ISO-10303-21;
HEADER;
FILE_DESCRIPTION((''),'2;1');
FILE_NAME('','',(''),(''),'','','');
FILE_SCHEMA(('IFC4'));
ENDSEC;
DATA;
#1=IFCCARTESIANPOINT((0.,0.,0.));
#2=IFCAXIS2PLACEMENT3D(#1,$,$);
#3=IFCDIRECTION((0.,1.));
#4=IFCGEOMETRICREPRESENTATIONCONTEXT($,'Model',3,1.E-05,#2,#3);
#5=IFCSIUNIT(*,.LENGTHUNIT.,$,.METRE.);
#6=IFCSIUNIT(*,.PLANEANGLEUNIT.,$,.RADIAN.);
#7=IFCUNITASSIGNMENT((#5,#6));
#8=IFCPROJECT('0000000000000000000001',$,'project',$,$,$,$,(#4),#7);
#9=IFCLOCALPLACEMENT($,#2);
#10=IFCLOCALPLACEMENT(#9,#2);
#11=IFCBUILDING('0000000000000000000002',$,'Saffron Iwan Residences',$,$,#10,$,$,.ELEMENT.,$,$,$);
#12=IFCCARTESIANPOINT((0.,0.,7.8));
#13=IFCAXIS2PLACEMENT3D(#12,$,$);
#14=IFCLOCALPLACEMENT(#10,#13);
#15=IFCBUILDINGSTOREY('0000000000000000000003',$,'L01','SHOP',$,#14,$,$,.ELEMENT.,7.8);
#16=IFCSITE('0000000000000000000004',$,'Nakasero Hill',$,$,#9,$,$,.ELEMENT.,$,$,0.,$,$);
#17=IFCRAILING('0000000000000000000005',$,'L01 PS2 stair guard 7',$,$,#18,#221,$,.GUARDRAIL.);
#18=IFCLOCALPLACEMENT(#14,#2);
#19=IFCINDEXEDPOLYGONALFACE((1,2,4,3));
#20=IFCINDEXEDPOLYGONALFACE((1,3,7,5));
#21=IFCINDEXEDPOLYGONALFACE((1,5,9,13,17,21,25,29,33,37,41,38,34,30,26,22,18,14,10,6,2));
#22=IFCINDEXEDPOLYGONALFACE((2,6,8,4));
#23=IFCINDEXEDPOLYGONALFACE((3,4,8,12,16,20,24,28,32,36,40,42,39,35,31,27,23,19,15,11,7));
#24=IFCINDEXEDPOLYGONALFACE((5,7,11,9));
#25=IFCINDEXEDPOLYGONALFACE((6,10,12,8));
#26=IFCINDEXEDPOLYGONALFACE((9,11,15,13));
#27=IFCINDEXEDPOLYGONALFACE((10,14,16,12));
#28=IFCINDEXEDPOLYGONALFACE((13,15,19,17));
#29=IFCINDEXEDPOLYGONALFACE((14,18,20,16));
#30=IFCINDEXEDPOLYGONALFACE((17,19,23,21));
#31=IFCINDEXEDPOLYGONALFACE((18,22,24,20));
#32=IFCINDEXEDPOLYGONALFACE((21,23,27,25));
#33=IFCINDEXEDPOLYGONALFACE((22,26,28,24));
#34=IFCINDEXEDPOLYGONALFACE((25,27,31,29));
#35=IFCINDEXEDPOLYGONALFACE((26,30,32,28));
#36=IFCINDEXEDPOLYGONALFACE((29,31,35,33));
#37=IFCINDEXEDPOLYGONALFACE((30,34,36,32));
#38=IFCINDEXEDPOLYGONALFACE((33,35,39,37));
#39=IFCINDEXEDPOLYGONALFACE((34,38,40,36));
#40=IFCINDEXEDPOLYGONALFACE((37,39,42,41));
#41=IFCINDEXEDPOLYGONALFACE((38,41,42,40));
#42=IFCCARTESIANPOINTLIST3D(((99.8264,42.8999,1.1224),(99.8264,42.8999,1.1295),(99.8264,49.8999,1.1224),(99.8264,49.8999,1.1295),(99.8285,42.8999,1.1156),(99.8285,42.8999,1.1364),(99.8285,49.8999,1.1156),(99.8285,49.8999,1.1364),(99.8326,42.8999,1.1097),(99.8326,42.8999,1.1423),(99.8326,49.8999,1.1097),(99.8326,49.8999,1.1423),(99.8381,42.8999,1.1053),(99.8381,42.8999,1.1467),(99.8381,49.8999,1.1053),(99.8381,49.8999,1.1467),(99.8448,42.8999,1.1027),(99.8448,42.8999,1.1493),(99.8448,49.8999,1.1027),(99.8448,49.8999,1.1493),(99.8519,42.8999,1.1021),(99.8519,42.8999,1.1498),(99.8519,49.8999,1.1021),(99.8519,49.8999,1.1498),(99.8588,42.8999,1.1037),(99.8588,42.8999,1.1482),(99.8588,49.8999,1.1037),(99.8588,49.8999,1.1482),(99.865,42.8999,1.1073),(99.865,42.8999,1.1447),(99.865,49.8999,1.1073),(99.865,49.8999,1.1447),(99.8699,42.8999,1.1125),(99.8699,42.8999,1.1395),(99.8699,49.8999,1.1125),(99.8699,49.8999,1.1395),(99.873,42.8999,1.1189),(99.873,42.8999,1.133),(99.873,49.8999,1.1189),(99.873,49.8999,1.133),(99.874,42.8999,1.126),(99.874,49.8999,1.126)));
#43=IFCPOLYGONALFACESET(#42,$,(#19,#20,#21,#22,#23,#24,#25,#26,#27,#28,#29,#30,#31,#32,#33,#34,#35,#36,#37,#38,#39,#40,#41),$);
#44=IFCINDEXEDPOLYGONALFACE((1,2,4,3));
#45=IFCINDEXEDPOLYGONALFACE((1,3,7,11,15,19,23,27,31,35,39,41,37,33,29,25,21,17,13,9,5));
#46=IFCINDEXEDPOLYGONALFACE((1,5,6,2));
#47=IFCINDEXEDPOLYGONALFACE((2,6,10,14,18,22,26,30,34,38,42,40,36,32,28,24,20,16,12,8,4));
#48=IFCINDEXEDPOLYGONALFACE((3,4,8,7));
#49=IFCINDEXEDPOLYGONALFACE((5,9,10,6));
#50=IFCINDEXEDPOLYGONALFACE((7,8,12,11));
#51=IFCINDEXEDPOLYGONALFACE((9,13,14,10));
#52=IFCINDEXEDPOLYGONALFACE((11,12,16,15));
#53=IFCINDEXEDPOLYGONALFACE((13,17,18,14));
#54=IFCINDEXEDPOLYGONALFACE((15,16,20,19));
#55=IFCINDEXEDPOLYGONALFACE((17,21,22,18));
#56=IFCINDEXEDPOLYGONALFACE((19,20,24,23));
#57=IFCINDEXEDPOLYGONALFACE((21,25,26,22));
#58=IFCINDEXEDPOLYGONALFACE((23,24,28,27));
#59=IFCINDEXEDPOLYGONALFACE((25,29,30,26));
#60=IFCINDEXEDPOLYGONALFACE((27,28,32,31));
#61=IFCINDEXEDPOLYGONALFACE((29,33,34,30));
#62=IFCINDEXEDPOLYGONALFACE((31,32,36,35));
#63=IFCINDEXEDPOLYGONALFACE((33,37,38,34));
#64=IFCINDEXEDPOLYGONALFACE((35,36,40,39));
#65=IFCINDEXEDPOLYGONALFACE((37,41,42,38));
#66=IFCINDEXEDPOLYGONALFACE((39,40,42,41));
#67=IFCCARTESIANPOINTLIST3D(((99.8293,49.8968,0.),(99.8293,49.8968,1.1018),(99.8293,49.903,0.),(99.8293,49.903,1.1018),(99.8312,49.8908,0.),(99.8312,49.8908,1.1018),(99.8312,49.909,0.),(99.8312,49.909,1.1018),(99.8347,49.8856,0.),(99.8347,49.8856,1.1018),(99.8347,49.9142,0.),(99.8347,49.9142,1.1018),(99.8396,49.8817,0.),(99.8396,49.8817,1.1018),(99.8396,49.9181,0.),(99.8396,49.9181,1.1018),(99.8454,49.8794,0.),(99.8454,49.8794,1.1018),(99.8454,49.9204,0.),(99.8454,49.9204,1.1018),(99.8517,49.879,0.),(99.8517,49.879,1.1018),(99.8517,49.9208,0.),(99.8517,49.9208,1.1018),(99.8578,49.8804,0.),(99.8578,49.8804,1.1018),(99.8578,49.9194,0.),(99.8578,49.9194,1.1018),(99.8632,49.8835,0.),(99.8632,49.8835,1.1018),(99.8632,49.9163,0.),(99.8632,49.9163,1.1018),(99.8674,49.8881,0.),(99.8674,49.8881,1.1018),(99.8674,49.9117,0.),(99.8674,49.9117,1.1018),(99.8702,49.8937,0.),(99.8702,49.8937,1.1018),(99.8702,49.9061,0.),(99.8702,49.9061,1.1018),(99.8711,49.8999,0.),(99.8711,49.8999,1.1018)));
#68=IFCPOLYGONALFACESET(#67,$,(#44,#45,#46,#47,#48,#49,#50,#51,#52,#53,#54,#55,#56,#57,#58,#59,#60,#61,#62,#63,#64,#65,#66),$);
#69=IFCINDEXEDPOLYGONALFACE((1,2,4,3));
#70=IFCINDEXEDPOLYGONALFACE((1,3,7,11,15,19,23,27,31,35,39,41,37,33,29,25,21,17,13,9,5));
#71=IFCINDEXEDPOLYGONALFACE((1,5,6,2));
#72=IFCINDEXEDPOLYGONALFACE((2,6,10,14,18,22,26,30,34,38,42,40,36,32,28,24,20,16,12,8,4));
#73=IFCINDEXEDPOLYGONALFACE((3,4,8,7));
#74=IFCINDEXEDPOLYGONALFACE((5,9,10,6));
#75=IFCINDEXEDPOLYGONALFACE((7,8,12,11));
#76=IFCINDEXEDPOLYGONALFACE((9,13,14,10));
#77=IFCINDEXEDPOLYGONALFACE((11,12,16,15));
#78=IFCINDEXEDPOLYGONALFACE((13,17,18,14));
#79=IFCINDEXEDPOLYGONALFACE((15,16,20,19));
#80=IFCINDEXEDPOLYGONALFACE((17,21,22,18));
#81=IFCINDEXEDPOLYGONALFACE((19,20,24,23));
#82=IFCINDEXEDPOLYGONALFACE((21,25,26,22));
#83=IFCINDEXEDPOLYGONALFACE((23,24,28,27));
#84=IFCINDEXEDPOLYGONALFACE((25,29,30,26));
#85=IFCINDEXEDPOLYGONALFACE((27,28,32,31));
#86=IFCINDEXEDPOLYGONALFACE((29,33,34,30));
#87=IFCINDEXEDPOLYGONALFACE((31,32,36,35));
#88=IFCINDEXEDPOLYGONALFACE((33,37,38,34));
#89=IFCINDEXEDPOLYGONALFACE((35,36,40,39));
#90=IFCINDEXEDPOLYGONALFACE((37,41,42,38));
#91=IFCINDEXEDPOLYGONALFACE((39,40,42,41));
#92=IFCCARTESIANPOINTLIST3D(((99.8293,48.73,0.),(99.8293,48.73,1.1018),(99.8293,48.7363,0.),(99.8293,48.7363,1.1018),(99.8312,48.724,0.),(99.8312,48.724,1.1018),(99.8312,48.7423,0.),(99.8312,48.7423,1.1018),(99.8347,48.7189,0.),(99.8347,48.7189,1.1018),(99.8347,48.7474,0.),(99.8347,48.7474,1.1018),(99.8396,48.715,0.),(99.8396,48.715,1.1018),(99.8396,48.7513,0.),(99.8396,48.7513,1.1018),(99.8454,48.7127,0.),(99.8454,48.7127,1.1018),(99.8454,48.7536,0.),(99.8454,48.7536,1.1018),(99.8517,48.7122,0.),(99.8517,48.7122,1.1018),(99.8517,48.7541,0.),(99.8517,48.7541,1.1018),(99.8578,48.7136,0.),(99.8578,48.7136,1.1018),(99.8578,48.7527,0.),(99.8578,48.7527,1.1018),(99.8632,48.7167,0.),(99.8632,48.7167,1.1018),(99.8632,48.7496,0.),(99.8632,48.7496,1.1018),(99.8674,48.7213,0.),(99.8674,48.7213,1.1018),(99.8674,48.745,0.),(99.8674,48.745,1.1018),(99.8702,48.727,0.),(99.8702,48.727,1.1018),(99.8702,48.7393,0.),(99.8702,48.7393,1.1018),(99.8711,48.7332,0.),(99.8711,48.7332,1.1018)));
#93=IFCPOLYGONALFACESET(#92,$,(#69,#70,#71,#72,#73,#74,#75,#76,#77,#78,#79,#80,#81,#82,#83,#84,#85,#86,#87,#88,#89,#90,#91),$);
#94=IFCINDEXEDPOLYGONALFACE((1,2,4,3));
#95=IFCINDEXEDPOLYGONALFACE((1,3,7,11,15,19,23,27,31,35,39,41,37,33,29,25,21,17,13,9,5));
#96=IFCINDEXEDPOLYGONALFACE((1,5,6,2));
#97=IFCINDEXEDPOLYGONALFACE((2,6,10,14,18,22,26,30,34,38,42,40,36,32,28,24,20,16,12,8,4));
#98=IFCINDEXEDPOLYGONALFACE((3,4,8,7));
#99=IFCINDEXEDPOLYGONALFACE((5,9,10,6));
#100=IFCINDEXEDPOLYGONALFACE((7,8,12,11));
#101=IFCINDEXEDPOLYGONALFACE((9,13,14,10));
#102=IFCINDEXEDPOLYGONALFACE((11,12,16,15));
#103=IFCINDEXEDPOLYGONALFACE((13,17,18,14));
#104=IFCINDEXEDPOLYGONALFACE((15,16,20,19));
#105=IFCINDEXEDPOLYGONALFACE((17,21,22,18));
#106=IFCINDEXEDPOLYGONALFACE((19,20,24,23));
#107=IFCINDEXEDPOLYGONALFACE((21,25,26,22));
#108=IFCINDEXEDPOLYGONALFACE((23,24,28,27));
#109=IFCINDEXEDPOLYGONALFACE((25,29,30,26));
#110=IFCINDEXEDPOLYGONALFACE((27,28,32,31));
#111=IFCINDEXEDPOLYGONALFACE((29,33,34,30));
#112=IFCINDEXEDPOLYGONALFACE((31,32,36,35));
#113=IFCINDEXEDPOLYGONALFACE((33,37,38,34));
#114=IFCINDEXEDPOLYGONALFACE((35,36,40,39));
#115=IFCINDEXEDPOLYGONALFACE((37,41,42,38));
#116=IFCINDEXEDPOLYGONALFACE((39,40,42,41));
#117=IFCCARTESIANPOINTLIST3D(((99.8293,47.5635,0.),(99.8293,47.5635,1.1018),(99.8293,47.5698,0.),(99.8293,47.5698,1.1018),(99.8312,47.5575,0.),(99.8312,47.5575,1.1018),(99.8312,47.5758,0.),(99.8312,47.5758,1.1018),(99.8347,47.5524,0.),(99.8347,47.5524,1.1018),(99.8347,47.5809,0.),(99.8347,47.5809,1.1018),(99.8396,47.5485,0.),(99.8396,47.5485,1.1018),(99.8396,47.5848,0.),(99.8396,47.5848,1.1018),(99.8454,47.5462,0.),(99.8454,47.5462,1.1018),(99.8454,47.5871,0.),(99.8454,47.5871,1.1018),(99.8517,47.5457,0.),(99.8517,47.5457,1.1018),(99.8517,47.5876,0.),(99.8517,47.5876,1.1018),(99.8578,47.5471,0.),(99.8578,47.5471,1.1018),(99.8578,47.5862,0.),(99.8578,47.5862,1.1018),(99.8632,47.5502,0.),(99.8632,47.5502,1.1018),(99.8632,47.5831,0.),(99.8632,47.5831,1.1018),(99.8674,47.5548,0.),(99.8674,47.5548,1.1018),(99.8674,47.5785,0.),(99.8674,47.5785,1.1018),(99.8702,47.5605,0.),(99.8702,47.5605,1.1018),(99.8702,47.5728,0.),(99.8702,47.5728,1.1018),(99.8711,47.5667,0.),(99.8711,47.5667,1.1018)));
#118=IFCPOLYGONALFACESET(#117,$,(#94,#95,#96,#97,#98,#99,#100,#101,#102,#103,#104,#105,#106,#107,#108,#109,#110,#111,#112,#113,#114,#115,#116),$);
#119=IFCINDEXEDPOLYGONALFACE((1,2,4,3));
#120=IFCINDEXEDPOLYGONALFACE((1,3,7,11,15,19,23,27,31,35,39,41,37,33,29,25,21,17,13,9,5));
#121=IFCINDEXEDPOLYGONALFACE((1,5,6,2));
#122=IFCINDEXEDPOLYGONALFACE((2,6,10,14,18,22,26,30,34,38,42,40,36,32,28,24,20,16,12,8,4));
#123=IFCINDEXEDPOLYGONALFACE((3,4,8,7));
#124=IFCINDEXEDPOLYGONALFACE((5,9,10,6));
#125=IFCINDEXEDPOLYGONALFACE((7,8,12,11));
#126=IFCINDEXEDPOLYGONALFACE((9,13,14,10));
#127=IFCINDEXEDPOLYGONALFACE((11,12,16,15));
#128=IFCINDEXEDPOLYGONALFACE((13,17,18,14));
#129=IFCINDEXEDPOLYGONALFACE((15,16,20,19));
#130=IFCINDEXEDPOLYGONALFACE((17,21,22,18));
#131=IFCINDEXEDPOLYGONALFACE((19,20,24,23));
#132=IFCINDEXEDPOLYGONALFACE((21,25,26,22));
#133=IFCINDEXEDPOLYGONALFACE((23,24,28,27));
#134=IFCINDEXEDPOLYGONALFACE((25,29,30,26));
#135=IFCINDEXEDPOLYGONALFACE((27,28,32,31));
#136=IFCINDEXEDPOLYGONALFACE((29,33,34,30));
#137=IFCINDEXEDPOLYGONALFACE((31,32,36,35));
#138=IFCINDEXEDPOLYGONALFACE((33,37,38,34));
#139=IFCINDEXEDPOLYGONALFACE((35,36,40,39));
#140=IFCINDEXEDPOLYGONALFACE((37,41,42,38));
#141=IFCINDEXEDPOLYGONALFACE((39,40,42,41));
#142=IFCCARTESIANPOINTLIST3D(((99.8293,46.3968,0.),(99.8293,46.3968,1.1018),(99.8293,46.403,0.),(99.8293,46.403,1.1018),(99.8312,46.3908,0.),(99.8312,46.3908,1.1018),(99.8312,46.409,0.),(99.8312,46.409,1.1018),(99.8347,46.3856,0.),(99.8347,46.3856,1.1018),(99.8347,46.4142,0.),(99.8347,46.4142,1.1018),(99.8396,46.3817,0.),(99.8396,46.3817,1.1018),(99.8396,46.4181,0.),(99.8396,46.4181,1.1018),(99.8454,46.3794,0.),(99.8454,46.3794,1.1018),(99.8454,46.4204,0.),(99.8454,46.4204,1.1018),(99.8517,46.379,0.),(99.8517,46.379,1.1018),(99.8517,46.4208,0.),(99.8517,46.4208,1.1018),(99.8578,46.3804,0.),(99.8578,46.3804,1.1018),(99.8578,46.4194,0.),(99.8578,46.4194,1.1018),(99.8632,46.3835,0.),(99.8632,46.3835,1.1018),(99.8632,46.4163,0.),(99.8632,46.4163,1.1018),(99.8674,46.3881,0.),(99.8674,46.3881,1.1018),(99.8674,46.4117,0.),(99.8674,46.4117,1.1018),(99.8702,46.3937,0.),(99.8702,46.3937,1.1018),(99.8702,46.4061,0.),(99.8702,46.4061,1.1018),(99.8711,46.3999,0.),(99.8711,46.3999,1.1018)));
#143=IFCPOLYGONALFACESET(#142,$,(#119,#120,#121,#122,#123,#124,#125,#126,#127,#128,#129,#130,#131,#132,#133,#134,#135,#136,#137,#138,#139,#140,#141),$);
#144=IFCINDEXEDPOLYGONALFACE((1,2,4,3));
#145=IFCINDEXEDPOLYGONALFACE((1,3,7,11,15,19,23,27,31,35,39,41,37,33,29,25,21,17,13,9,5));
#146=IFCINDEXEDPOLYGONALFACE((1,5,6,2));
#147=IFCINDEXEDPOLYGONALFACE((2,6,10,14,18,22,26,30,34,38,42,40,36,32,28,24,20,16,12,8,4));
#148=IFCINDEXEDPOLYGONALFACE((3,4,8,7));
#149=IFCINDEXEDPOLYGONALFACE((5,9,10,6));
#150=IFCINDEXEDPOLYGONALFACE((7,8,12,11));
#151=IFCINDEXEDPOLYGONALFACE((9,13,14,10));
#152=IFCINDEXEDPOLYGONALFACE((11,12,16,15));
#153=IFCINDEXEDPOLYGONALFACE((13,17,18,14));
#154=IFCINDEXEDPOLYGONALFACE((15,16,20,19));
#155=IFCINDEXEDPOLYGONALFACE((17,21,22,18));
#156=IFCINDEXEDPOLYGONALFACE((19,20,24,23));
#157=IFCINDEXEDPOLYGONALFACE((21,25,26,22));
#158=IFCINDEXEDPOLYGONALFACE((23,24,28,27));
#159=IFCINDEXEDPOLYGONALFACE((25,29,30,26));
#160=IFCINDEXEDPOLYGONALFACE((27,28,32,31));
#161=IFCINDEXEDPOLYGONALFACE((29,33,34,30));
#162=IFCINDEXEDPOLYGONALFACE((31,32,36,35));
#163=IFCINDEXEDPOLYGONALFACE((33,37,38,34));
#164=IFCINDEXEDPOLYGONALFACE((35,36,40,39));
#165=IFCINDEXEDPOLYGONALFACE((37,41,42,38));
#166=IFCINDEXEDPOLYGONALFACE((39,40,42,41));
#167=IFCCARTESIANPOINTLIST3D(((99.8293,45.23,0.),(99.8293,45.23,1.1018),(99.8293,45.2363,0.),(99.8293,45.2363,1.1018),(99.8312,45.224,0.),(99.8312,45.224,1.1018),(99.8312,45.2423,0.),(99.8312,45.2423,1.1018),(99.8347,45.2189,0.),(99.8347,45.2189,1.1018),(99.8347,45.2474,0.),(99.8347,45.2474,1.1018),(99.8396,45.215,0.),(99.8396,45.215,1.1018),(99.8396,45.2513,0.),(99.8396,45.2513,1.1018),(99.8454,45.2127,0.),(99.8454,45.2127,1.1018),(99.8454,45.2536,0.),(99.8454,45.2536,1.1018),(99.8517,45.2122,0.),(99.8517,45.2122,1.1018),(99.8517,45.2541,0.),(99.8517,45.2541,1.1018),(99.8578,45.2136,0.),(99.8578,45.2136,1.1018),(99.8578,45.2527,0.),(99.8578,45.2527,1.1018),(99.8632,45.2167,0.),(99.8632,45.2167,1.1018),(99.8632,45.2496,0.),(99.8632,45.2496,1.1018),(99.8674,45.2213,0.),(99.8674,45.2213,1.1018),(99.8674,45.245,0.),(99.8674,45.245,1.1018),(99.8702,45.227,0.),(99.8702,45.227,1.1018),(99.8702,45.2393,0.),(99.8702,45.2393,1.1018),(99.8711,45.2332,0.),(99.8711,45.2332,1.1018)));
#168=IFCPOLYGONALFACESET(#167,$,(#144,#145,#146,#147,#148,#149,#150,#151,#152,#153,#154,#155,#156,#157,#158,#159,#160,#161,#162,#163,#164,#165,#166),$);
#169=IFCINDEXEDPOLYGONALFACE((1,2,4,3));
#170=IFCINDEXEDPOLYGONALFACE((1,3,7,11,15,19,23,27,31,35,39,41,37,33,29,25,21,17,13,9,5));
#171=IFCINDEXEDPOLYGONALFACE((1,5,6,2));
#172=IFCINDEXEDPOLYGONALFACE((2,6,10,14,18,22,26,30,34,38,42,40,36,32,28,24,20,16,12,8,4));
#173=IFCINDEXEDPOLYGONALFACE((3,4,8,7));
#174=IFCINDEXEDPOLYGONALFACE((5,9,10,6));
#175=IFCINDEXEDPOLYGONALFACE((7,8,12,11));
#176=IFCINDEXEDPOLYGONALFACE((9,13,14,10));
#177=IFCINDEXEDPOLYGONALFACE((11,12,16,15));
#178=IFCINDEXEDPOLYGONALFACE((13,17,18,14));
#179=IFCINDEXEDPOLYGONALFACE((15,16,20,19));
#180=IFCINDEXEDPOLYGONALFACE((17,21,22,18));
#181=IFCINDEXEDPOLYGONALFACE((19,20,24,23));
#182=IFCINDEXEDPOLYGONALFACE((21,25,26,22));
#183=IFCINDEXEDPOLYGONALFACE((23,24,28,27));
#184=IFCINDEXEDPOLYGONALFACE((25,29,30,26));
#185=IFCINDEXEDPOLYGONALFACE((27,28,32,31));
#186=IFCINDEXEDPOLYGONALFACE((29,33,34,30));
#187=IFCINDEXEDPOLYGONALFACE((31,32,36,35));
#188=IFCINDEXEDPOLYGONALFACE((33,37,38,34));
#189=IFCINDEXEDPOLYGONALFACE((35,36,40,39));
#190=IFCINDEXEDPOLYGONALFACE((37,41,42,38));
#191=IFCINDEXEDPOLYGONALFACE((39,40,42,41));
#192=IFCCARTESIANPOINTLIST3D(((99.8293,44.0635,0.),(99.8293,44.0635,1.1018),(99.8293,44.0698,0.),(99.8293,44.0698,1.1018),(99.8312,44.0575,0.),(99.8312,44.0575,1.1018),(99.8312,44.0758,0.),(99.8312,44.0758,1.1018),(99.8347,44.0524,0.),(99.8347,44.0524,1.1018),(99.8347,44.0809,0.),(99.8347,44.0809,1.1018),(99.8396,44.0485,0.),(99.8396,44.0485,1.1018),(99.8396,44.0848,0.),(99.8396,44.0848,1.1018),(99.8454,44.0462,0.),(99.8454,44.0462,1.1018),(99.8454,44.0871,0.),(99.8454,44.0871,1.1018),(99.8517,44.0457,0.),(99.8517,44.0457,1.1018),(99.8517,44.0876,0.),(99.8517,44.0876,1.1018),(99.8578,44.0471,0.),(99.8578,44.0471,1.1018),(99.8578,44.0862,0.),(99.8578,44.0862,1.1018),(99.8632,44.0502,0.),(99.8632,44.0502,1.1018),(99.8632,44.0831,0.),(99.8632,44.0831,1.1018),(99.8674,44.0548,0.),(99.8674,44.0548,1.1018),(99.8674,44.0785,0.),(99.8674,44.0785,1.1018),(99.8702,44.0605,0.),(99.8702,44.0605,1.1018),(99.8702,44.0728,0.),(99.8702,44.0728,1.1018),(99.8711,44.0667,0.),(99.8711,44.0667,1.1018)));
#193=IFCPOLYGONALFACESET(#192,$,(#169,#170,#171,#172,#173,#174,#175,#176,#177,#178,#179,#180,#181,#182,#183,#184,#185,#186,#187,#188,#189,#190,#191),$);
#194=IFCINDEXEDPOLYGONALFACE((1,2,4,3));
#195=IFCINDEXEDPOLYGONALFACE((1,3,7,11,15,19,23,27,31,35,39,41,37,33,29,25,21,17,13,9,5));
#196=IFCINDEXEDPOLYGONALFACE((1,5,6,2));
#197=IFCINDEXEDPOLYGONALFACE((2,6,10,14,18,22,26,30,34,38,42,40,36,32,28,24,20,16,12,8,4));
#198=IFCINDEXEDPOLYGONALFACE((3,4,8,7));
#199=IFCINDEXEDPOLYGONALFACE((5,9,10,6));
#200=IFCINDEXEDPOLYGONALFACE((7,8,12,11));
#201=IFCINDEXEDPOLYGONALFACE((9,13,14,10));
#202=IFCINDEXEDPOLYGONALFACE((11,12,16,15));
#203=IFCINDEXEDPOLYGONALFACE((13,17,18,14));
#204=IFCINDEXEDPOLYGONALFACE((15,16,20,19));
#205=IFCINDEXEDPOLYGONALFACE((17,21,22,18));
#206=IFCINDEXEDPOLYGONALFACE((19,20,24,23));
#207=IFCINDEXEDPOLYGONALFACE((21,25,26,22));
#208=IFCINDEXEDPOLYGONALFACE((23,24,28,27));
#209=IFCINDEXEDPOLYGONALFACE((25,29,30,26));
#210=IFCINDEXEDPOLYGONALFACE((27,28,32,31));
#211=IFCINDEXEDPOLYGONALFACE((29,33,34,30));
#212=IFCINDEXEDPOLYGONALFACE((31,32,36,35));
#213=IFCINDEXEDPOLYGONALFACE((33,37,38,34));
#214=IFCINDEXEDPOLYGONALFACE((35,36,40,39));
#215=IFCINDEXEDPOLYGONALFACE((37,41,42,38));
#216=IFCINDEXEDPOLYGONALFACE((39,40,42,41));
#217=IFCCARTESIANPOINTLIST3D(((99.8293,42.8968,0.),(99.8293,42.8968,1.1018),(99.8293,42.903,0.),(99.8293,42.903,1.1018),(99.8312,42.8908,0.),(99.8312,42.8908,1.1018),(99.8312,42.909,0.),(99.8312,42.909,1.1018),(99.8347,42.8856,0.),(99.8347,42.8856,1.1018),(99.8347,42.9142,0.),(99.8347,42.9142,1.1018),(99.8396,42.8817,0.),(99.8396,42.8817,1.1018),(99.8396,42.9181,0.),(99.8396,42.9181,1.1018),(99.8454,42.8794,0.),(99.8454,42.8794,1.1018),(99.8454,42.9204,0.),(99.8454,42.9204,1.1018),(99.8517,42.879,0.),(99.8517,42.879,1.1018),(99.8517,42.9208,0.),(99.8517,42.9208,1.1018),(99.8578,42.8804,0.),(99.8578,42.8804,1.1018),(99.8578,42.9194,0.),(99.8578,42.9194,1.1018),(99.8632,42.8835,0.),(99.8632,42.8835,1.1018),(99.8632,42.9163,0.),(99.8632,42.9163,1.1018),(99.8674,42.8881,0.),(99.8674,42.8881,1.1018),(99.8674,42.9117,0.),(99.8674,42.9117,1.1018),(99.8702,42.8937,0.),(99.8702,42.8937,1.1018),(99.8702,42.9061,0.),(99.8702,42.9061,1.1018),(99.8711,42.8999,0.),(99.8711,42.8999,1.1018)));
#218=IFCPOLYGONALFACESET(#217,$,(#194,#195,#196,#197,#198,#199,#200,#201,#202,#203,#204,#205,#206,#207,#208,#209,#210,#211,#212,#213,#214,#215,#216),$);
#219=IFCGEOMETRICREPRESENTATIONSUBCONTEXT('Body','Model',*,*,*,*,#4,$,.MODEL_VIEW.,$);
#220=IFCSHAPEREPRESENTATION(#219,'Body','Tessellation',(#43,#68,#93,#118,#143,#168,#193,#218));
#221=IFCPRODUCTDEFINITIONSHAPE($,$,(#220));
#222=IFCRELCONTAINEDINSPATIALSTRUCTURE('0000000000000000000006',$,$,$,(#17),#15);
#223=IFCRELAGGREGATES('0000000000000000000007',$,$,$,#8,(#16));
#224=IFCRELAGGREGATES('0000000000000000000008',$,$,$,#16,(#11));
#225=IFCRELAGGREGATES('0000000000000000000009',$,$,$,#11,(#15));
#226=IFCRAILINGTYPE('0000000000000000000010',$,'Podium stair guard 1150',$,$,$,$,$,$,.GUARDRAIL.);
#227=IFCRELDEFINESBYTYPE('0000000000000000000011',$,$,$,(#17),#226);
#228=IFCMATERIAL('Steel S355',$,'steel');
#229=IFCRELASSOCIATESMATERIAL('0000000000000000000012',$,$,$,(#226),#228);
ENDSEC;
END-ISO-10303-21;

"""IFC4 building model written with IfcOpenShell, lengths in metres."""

from ifc_helpers import new_model, si_unit, direction, frame, origin, origin_2d, place, context, subcontext, project, spatial, circle, extrude, material, type_object, element, save


model = new_model("IFC4")

# Units and contexts
model_context = context("Model", 3, precision=1e-05, world=origin(), true_north=direction((0.0, 1.0)))
body_context = subcontext(model_context, "Body", "Model", "MODEL_VIEW")
ifc_project = project(units=[si_unit("LENGTHUNIT", "METRE"), si_unit("PLANEANGLEUNIT", "RADIAN")], contexts=[model_context])

# Site, building, storey
site_placement = place(None, origin())
site = spatial("IfcSite", under=ifc_project, at=site_placement, Name="Nakasero Hill", CompositionType="ELEMENT", RefElevation=0.0)
building_placement = place(site_placement, origin())
building = spatial("IfcBuilding", under=site, at=building_placement, Name="Saffron Iwan Residences", CompositionType="ELEMENT")
storey_placement = place(building_placement, frame((0.0, 0.0, 7.8)))
storey = spatial("IfcBuildingStorey", under=building, at=storey_placement, Name="L01", Description="SHOP", CompositionType="ELEMENT", Elevation=7.8)

# Railing
ifc_material_1 = material(Name="Steel S355", Category="steel")
railing_type_1 = type_object("IfcRailingType", Name="Podium stair guard 1150", PredefinedType="GUARDRAIL", material=ifc_material_1)
railing_1_placement = place(storey_placement, frame((99.8501, 49.8999, 0.0)))
element("IfcRailing", 1, at=railing_1_placement, inside=storey, type_object=railing_type_1, Name="L01 PS2 stair guard 7", PredefinedType="GUARDRAIL", context=body_context, shape_type="SweptSolid", body=[
    extrude(circle(Radius=0.0239, at=origin_2d()), frame((0.0, 0.0, 1.126), z_axis=(0.0, -1.0, 0.0), x_axis=(1.0, 0.0, 0.0)), (0.0, 0.0, 1.0), 7.0),
    extrude(circle(Radius=0.021, at=origin_2d()), origin(), (0.0, 0.0, 1.0), 1.1018),
    extrude(circle(Radius=0.021, at=origin_2d()), frame((0.0, -1.1667, 0.0)), (0.0, 0.0, 1.0), 1.1018),
    extrude(circle(Radius=0.021, at=origin_2d()), frame((0.0, -2.3333, 0.0)), (0.0, 0.0, 1.0), 1.1018),
    extrude(circle(Radius=0.021, at=origin_2d()), frame((0.0, -3.5, 0.0)), (0.0, 0.0, 1.0), 1.1018),
    extrude(circle(Radius=0.021, at=origin_2d()), frame((0.0, -4.6667, 0.0)), (0.0, 0.0, 1.0), 1.1018),
    extrude(circle(Radius=0.021, at=origin_2d()), frame((0.0, -5.8333, 0.0)), (0.0, 0.0, 1.0), 1.1018),
    extrude(circle(Radius=0.021, at=origin_2d()), frame((0.0, -7.0, 0.0)), (0.0, 0.0, 1.0), 1.1018),
])

save(model, "model.ifc")
